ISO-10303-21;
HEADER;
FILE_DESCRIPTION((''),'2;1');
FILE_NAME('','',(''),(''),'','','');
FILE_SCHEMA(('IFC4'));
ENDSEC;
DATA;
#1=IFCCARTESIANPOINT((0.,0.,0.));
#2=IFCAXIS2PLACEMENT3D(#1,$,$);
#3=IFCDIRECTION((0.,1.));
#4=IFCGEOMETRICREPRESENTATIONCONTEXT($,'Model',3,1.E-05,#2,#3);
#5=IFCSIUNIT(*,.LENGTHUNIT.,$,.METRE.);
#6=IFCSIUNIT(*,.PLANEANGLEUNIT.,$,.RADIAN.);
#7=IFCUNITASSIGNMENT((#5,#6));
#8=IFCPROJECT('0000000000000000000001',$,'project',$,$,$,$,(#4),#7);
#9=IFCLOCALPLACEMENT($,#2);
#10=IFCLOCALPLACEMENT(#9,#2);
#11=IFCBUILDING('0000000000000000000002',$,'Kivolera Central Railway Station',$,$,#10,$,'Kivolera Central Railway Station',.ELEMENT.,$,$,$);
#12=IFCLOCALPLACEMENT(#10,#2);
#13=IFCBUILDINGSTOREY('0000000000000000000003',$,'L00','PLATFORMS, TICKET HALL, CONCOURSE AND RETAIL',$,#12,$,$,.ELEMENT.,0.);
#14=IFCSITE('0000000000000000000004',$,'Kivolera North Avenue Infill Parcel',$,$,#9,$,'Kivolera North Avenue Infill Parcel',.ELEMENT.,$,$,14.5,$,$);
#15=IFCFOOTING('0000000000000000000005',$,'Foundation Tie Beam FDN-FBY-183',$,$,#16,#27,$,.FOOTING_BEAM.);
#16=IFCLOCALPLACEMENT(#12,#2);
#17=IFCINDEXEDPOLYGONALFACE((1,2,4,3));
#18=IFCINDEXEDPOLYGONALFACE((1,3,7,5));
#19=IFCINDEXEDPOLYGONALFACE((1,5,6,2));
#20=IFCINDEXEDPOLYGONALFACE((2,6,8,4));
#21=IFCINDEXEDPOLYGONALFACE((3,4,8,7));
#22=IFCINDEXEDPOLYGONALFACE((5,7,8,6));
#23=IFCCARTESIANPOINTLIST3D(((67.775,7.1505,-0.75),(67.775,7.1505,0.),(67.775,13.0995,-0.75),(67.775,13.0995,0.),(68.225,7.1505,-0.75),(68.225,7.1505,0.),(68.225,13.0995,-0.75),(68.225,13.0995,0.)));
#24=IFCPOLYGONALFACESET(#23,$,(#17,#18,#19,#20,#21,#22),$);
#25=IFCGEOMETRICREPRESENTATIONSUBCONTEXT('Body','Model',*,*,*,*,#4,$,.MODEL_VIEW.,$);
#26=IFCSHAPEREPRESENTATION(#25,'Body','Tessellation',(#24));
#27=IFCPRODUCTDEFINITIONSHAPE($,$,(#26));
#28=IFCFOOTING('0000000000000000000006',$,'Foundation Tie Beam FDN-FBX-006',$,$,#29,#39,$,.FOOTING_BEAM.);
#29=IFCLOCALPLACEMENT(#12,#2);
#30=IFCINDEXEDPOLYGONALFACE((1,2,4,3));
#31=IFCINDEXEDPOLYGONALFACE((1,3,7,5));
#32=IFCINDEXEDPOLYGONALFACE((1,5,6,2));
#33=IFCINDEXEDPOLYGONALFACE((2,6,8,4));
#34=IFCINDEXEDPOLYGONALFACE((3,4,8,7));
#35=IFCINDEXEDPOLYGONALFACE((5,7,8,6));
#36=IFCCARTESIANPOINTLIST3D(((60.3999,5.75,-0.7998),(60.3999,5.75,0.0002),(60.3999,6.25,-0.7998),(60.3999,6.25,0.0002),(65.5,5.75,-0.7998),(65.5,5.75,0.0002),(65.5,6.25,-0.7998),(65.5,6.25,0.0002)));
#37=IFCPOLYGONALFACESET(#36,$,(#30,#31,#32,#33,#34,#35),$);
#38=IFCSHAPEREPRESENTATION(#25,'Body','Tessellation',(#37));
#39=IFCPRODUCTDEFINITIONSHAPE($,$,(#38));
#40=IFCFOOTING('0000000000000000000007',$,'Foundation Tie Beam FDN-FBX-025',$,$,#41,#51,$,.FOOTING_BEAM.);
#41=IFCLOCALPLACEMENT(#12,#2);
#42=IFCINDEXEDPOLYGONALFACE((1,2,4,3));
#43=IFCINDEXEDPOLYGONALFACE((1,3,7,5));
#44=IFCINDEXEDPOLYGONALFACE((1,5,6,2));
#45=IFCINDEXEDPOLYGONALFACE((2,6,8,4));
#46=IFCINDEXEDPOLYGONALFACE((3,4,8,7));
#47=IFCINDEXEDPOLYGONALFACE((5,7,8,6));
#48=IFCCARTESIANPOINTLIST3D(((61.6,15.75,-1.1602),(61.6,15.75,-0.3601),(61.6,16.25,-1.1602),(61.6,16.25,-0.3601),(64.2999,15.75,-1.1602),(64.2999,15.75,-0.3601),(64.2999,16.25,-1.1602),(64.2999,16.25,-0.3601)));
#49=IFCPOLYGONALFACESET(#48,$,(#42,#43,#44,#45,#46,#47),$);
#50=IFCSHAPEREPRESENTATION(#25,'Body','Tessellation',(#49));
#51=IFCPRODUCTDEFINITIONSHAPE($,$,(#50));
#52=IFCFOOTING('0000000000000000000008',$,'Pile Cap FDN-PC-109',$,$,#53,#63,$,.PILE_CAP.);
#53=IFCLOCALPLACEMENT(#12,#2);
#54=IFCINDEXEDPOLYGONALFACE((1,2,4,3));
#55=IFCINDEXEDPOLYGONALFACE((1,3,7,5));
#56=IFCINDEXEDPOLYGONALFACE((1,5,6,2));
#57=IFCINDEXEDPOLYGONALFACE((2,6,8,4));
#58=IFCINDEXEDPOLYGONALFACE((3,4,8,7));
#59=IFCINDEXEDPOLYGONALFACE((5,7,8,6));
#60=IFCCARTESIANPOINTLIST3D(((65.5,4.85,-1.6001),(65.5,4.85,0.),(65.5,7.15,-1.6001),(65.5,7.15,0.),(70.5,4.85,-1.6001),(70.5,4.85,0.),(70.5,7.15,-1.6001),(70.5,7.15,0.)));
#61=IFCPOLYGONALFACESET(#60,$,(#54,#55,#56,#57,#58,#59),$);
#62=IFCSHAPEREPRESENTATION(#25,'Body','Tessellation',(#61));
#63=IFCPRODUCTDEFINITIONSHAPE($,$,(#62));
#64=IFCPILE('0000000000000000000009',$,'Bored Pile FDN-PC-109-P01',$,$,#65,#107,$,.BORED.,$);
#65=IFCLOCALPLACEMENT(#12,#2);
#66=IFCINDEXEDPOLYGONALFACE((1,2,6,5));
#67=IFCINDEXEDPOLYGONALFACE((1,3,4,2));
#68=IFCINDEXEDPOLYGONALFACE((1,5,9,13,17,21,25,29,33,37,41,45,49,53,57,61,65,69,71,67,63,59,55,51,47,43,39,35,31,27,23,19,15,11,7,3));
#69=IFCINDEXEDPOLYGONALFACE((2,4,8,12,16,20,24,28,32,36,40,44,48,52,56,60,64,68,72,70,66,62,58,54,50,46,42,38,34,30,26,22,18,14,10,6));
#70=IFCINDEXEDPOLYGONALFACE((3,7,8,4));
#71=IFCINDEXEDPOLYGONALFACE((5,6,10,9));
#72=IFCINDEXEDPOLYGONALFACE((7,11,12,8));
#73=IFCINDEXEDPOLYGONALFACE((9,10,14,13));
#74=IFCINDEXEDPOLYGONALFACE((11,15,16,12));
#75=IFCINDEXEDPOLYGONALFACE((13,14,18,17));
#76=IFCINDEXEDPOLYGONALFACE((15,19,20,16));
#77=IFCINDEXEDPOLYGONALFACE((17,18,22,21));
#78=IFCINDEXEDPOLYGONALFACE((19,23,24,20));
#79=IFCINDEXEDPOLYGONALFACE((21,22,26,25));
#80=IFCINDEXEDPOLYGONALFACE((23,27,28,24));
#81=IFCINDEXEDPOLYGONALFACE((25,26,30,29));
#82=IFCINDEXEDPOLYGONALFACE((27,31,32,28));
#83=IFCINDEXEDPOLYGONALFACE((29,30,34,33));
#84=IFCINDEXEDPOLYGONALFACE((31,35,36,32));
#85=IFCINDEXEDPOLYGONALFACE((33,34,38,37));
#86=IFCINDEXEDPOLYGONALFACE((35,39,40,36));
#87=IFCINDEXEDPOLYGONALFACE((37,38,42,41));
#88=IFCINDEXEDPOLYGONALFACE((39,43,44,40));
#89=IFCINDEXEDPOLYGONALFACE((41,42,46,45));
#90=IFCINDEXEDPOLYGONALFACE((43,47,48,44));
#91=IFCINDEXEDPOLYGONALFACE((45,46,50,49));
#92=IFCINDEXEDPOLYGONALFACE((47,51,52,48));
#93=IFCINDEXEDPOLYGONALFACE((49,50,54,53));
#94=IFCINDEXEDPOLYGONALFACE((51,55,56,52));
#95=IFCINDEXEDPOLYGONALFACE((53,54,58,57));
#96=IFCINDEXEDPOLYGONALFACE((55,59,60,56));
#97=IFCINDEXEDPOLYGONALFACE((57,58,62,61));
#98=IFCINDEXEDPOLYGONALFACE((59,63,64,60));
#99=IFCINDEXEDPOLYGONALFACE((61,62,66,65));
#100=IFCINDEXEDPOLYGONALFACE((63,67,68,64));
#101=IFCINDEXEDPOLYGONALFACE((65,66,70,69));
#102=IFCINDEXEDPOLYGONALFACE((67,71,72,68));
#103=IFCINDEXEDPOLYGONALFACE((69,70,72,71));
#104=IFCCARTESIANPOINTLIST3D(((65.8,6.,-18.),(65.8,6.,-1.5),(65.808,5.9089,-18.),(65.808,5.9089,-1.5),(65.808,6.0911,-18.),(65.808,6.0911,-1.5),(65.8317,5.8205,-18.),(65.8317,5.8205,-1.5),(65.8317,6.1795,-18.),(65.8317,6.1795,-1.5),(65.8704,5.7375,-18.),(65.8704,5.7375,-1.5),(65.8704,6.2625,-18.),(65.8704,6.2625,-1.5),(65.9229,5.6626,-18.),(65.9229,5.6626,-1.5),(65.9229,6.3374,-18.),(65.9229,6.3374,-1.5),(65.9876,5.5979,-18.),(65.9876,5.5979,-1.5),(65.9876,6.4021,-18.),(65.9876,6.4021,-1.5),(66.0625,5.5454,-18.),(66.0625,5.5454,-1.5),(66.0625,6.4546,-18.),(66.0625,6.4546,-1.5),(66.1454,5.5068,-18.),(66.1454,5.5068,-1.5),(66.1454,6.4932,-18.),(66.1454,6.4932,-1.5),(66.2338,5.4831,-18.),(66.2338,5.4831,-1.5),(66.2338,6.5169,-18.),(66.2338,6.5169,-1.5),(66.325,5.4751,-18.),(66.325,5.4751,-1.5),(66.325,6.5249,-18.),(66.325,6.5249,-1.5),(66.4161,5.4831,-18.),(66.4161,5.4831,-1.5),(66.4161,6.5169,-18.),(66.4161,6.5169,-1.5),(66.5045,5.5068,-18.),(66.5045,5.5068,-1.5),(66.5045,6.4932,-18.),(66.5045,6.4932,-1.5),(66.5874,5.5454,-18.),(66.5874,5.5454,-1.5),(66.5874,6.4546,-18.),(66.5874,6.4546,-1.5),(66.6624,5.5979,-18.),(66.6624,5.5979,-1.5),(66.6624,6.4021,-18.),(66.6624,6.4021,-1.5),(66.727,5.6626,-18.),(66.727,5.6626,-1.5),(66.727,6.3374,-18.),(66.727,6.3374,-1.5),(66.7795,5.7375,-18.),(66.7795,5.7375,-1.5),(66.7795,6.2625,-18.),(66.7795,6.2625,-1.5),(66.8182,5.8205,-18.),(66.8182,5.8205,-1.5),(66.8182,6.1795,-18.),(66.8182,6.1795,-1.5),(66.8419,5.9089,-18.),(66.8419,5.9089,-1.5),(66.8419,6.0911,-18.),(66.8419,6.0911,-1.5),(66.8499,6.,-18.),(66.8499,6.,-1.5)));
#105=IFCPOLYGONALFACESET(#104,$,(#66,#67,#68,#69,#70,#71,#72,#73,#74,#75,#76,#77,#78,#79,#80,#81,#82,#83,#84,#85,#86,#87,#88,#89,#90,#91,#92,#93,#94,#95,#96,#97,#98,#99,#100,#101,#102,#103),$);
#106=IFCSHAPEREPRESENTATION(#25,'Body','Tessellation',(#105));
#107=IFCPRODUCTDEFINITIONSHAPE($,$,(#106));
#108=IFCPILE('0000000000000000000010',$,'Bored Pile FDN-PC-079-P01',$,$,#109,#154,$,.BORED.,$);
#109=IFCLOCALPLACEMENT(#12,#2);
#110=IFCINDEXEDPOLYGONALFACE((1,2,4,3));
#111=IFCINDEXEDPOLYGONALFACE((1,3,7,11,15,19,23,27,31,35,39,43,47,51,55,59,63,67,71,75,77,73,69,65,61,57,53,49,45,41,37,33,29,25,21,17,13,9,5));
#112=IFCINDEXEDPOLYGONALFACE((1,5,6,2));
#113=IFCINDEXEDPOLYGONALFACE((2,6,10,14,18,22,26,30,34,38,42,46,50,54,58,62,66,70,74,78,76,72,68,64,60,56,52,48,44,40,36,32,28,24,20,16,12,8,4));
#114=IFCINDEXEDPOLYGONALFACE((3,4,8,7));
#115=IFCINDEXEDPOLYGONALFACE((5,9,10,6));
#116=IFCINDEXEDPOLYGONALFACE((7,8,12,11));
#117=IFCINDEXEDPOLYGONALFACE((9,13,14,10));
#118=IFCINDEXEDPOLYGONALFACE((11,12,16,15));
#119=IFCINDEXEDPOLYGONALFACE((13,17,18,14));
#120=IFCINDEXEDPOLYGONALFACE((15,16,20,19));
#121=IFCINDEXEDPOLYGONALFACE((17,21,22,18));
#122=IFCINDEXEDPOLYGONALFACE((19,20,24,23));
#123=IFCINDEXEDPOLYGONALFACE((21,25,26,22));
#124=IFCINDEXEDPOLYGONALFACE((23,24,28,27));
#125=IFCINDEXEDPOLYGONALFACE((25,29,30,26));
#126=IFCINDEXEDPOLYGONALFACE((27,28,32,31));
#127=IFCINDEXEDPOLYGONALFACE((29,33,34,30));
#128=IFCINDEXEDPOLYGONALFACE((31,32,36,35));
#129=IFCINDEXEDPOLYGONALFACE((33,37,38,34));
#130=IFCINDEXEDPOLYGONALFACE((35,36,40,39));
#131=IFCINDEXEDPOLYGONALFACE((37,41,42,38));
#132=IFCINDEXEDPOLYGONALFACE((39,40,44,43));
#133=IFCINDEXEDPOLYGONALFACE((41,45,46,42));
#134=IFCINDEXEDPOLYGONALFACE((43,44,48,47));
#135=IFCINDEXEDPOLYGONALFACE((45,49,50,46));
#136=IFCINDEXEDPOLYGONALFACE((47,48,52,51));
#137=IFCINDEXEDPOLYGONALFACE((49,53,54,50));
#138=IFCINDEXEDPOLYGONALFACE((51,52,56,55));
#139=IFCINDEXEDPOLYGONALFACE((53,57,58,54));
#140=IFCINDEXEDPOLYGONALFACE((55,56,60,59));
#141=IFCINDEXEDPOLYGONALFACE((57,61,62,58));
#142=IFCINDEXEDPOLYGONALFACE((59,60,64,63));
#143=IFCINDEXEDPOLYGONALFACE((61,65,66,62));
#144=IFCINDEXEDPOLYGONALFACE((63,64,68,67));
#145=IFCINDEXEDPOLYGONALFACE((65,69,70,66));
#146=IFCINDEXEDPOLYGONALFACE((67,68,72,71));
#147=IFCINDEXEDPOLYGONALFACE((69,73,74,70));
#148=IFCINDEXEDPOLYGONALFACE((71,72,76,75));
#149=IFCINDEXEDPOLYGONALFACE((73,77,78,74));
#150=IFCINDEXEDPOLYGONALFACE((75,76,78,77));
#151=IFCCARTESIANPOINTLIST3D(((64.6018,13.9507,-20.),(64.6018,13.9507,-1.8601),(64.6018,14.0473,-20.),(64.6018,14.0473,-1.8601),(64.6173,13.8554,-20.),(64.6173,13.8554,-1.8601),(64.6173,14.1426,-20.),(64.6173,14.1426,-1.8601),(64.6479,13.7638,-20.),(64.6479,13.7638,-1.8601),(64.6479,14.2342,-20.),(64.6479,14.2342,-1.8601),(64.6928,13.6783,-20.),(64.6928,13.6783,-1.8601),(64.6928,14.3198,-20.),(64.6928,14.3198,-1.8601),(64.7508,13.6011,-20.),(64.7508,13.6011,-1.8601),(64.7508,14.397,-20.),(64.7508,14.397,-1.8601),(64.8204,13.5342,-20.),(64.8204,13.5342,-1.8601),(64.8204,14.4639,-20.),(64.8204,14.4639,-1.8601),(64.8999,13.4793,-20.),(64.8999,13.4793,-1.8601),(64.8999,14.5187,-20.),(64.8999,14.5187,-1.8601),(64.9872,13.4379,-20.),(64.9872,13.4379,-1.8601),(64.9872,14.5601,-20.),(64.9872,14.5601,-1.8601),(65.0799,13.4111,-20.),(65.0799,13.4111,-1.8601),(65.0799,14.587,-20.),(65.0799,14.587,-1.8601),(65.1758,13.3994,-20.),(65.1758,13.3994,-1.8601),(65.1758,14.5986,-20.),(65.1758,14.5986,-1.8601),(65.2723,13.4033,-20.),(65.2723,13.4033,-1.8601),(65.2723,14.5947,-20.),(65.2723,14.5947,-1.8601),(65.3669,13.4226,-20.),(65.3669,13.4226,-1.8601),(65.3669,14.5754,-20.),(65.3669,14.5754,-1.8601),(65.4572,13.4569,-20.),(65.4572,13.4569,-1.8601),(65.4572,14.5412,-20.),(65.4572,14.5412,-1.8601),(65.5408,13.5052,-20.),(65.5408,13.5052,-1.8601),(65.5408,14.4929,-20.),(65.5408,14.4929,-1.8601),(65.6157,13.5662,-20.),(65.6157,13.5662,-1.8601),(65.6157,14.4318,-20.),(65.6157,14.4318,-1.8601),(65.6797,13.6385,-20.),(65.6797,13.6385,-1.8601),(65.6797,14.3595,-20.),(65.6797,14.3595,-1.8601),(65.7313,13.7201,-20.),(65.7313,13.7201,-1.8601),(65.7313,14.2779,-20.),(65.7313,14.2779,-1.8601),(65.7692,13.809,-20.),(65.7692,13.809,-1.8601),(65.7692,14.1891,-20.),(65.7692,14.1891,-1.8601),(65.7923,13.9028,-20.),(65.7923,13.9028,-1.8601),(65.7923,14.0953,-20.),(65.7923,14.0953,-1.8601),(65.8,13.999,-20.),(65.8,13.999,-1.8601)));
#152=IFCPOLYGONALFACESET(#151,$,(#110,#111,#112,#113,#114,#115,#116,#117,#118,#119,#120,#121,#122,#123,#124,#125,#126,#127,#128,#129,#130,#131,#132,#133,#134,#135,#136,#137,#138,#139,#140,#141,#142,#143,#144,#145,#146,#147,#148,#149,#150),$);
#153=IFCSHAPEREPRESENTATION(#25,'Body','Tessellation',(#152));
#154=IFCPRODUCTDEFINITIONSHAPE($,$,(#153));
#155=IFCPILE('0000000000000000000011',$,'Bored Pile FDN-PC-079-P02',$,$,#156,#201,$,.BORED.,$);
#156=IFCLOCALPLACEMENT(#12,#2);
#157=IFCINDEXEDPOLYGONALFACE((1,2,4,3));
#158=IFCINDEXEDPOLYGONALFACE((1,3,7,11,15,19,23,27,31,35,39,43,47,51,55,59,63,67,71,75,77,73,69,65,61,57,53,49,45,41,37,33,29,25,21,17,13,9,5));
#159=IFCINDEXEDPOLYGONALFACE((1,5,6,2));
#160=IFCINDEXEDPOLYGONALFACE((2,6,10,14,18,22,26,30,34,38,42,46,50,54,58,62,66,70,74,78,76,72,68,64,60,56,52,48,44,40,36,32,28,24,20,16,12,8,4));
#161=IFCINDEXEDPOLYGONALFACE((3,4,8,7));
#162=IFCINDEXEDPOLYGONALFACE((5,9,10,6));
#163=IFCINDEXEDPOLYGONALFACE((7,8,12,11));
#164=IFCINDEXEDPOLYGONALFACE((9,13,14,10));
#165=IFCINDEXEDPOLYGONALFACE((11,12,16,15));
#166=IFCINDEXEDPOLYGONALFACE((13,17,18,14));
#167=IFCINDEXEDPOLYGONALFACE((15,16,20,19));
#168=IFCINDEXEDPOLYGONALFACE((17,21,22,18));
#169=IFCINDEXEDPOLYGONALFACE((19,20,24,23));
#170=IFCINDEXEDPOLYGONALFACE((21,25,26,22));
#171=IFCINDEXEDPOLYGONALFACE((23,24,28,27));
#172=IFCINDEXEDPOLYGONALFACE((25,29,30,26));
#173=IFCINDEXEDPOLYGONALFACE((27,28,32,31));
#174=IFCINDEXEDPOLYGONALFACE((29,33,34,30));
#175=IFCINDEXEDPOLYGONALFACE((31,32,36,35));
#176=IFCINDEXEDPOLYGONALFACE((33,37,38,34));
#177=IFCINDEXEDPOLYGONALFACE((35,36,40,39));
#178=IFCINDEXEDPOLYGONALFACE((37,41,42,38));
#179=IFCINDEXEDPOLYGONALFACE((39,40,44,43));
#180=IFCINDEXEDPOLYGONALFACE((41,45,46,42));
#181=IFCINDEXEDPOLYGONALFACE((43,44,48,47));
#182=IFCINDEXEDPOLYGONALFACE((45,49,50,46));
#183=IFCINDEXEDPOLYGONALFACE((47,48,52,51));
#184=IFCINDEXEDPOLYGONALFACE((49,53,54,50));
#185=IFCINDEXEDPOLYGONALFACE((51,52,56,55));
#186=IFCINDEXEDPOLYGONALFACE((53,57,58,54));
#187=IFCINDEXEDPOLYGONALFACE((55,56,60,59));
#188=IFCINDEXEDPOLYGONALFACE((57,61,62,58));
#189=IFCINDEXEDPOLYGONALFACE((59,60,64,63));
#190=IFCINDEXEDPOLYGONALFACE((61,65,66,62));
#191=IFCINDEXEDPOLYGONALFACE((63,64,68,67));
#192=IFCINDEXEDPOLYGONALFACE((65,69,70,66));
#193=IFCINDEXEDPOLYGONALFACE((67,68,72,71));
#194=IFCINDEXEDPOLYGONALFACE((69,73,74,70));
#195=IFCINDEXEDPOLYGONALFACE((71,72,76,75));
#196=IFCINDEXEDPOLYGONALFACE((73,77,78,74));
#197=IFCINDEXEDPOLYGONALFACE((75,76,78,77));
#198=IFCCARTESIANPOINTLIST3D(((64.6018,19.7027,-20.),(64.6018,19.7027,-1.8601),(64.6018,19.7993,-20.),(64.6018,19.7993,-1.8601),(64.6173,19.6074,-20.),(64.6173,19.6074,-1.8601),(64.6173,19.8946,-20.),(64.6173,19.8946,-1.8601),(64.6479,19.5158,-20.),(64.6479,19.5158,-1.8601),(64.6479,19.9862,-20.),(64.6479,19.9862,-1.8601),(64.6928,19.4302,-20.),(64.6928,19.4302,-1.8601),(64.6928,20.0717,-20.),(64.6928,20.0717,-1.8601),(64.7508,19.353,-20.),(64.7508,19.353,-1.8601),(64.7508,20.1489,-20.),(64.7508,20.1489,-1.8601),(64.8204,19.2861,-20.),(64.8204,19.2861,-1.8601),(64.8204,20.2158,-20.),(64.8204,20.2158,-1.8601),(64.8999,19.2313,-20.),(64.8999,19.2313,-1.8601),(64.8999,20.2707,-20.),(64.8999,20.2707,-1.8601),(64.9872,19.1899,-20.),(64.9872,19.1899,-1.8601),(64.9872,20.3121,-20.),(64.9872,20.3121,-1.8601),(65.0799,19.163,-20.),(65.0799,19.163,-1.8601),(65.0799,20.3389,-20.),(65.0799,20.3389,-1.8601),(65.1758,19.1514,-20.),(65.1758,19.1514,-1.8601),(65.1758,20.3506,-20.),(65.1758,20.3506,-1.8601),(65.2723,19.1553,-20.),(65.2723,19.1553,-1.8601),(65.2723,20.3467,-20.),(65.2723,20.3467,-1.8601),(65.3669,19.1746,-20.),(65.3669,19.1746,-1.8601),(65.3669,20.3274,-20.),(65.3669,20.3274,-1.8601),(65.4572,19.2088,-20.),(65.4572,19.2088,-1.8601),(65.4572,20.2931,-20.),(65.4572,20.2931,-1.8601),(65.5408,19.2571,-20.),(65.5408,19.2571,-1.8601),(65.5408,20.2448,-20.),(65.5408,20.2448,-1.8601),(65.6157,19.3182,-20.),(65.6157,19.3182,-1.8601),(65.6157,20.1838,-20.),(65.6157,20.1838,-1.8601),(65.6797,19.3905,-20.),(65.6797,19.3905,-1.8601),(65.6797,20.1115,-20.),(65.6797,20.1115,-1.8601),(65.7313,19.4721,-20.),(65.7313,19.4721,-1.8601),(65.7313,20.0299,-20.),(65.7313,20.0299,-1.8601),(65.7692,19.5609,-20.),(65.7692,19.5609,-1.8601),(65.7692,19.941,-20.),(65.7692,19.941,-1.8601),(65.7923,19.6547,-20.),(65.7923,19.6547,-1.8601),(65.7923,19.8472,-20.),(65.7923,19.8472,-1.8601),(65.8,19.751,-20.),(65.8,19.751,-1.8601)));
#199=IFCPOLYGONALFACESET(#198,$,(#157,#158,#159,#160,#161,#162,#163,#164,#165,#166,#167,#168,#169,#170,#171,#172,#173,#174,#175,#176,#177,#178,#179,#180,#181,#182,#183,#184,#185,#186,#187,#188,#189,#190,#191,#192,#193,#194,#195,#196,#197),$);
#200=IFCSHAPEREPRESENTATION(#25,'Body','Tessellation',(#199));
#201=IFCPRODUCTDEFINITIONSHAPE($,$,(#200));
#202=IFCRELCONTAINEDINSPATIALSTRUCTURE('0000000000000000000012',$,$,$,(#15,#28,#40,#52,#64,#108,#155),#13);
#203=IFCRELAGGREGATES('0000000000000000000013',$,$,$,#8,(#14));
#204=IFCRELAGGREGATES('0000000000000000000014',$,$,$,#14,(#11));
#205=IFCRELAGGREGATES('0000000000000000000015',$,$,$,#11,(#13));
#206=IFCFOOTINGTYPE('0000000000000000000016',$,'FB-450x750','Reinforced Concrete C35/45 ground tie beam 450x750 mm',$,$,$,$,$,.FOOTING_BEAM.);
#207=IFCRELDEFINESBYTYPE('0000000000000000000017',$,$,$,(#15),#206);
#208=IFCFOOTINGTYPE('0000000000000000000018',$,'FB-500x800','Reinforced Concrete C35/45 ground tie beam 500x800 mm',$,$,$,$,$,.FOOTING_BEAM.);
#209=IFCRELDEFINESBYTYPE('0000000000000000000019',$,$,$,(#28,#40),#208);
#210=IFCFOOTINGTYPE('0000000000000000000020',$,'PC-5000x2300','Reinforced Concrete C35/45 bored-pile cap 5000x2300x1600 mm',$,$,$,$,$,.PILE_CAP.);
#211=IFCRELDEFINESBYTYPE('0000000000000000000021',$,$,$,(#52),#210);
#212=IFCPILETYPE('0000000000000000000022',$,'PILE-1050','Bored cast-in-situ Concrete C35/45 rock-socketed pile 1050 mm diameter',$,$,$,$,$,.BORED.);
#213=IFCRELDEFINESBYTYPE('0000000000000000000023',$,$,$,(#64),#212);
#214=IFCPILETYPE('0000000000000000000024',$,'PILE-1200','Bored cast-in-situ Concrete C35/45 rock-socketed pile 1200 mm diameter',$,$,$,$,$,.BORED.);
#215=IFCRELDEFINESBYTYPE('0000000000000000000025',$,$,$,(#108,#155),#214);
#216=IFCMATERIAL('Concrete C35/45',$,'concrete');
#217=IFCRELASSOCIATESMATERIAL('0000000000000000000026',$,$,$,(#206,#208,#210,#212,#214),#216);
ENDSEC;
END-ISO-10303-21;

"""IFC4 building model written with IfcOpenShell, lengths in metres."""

from ifc_helpers import new_model, si_unit, direction, frame, origin, origin_2d, place, context, subcontext, project, spatial, rectangle, circle, extrude, material, material_profile, profile_set, type_object, element, save


model = new_model("IFC4")

# Units and contexts
model_context = context("Model", 3, precision=1e-05, world=origin(), true_north=direction((0.0, 1.0)))
body_context = subcontext(model_context, "Body", "Model", "MODEL_VIEW")
ifc_project = project(units=[si_unit("LENGTHUNIT", "METRE"), si_unit("PLANEANGLEUNIT", "RADIAN")], contexts=[model_context])

# Site, building, storey
site_placement = place(None, origin())
site = spatial("IfcSite", under=ifc_project, at=site_placement, Name="Kivolera North Avenue Infill Parcel", LongName="Kivolera North Avenue Infill Parcel", CompositionType="ELEMENT", RefElevation=14.5)
building_placement = place(site_placement, origin())
building = spatial("IfcBuilding", under=site, at=building_placement, Name="Kivolera Central Railway Station", LongName="Kivolera Central Railway Station", CompositionType="ELEMENT")
storey_placement = place(building_placement, origin())
storey = spatial("IfcBuildingStorey", under=building, at=storey_placement, Name="L00", Description="PLATFORMS, TICKET HALL, CONCOURSE AND RETAIL", CompositionType="ELEMENT", Elevation=0.0)

# Footings
ifc_material_1 = material(Name="Concrete C35/45", Category="concrete")
footing_type_1 = type_object("IfcFootingType", Name="FB-450x750", Description="Reinforced Concrete C35/45 ground tie beam 450x750 mm", PredefinedType="FOOTING_BEAM", material=ifc_material_1)
footing_1_placement = place(storey_placement, frame((68.0, 10.125, -0.75), z_axis=(0.0, 0.0, 1.0), x_axis=(1.0, 0.0, 0.0)))
element("IfcFooting", 1, at=footing_1_placement, inside=storey, type_object=footing_type_1, Name="Foundation Tie Beam FDN-FBY-183", PredefinedType="FOOTING_BEAM", context=body_context, shape_type="SweptSolid", body=[
    extrude(rectangle(XDim=0.45, YDim=5.949, at=origin_2d()), origin(), (0.0, 0.0, 1.0), 0.75),
])
footing_type_2 = type_object("IfcFootingType", Name="FB-500x800", Description="Reinforced Concrete C35/45 ground tie beam 500x800 mm", PredefinedType="FOOTING_BEAM", material=ifc_material_1)
footing_2_placement = place(storey_placement, frame((62.95, 6.0, -0.7998), z_axis=(0.0, 0.0, 1.0), x_axis=(1.0, 0.0, 0.0)))
element("IfcFooting", 2, at=footing_2_placement, inside=storey, type_object=footing_type_2, Name="Foundation Tie Beam FDN-FBX-006", PredefinedType="FOOTING_BEAM", context=body_context, shape_type="SweptSolid", body=[
    extrude(rectangle(XDim=5.1001, YDim=0.5, at=origin_2d()), origin(), (0.0, 0.0, 1.0), 0.8),
])
footing_3_placement = place(storey_placement, frame((62.95, 16.0, -1.1602), z_axis=(0.0, 0.0, 1.0), x_axis=(1.0, 0.0, 0.0)))
element("IfcFooting", 3, at=footing_3_placement, inside=storey, type_object=footing_type_2, Name="Foundation Tie Beam FDN-FBX-025", PredefinedType="FOOTING_BEAM", context=body_context, shape_type="SweptSolid", body=[
    extrude(rectangle(XDim=2.7, YDim=0.5, at=origin_2d()), origin(), (0.0, 0.0, 1.0), 0.8),
])
footing_type_3 = type_object("IfcFootingType", Name="PC-5000x2300", Description="Reinforced Concrete C35/45 bored-pile cap 5000x2300x1600 mm", PredefinedType="PILE_CAP", material=ifc_material_1)
footing_4_placement = place(storey_placement, frame((68.0, 6.0, -1.6001), z_axis=(0.0, 0.0, 1.0), x_axis=(1.0, 0.0, 0.0)))
element("IfcFooting", 4, at=footing_4_placement, inside=storey, type_object=footing_type_3, Name="Pile Cap FDN-PC-109", PredefinedType="PILE_CAP", context=body_context, shape_type="SweptSolid", body=[
    extrude(rectangle(XDim=5.0, YDim=2.3, at=origin_2d()), origin(), (0.0, 0.0, 1.0), 1.6001),
])

# Piles
ifc_material_profile_1 = material_profile(ifc_material_1, circle(Radius=0.5249, at=origin_2d()), Name="PILE D1050")
ifc_profile_set_1 = profile_set([ifc_material_profile_1], Name="Concrete C35/45")
pile_type_1 = type_object("IfcPileType", Name="PILE-1050", Description="Bored cast-in-situ Concrete C35/45 rock-socketed pile 1050 mm diameter", PredefinedType="BORED", material=ifc_profile_set_1)
pile_placement = place(storey_placement, frame((66.325, 6.0, -1.5), z_axis=(0.0, 0.0, -1.0), x_axis=(1.0, 0.0, 0.0)))
element("IfcPile", 5, at=pile_placement, inside=storey, type_object=pile_type_1, Name="Bored Pile FDN-PC-109-P01", PredefinedType="BORED", context=body_context, shape_type="SweptSolid", body=[
    extrude(circle(Radius=0.5249, at=origin_2d()), origin(), (0.0, 0.0, 1.0), 16.5),
])
ifc_material_profile_2 = material_profile(ifc_material_1, circle(Radius=0.6001, at=origin_2d()), Name="PILE D1200")
ifc_profile_set_2 = profile_set([ifc_material_profile_2], Name="Concrete C35/45")
pile_type_2 = type_object("IfcPileType", Name="PILE-1200", Description="Bored cast-in-situ Concrete C35/45 rock-socketed pile 1200 mm diameter", PredefinedType="BORED", material=ifc_profile_set_2)
for number, where, z_axis, x_axis, name in (
    (6, (65.2, 13.999, -1.8601), (0.0, 0.0, -1.0), (1.0, 0.0, 0.0), "Bored Pile FDN-PC-079-P01"),
    (7, (65.2, 19.751, -1.8601), (0.0, 0.0, -1.0), (1.0, 0.0, 0.0), "Bored Pile FDN-PC-079-P02"),
):
    element("IfcPile", number, at=place(storey_placement, frame(where, z_axis=z_axis, x_axis=x_axis)), inside=storey, type_object=pile_type_2, Name=name, PredefinedType="BORED", context=body_context, shape_type="SweptSolid", body=[
        extrude(circle(Radius=0.6001, at=origin_2d()), origin(), (0.0, 0.0, 1.0), 18.1399),
    ])

save(model, "model.ifc")
